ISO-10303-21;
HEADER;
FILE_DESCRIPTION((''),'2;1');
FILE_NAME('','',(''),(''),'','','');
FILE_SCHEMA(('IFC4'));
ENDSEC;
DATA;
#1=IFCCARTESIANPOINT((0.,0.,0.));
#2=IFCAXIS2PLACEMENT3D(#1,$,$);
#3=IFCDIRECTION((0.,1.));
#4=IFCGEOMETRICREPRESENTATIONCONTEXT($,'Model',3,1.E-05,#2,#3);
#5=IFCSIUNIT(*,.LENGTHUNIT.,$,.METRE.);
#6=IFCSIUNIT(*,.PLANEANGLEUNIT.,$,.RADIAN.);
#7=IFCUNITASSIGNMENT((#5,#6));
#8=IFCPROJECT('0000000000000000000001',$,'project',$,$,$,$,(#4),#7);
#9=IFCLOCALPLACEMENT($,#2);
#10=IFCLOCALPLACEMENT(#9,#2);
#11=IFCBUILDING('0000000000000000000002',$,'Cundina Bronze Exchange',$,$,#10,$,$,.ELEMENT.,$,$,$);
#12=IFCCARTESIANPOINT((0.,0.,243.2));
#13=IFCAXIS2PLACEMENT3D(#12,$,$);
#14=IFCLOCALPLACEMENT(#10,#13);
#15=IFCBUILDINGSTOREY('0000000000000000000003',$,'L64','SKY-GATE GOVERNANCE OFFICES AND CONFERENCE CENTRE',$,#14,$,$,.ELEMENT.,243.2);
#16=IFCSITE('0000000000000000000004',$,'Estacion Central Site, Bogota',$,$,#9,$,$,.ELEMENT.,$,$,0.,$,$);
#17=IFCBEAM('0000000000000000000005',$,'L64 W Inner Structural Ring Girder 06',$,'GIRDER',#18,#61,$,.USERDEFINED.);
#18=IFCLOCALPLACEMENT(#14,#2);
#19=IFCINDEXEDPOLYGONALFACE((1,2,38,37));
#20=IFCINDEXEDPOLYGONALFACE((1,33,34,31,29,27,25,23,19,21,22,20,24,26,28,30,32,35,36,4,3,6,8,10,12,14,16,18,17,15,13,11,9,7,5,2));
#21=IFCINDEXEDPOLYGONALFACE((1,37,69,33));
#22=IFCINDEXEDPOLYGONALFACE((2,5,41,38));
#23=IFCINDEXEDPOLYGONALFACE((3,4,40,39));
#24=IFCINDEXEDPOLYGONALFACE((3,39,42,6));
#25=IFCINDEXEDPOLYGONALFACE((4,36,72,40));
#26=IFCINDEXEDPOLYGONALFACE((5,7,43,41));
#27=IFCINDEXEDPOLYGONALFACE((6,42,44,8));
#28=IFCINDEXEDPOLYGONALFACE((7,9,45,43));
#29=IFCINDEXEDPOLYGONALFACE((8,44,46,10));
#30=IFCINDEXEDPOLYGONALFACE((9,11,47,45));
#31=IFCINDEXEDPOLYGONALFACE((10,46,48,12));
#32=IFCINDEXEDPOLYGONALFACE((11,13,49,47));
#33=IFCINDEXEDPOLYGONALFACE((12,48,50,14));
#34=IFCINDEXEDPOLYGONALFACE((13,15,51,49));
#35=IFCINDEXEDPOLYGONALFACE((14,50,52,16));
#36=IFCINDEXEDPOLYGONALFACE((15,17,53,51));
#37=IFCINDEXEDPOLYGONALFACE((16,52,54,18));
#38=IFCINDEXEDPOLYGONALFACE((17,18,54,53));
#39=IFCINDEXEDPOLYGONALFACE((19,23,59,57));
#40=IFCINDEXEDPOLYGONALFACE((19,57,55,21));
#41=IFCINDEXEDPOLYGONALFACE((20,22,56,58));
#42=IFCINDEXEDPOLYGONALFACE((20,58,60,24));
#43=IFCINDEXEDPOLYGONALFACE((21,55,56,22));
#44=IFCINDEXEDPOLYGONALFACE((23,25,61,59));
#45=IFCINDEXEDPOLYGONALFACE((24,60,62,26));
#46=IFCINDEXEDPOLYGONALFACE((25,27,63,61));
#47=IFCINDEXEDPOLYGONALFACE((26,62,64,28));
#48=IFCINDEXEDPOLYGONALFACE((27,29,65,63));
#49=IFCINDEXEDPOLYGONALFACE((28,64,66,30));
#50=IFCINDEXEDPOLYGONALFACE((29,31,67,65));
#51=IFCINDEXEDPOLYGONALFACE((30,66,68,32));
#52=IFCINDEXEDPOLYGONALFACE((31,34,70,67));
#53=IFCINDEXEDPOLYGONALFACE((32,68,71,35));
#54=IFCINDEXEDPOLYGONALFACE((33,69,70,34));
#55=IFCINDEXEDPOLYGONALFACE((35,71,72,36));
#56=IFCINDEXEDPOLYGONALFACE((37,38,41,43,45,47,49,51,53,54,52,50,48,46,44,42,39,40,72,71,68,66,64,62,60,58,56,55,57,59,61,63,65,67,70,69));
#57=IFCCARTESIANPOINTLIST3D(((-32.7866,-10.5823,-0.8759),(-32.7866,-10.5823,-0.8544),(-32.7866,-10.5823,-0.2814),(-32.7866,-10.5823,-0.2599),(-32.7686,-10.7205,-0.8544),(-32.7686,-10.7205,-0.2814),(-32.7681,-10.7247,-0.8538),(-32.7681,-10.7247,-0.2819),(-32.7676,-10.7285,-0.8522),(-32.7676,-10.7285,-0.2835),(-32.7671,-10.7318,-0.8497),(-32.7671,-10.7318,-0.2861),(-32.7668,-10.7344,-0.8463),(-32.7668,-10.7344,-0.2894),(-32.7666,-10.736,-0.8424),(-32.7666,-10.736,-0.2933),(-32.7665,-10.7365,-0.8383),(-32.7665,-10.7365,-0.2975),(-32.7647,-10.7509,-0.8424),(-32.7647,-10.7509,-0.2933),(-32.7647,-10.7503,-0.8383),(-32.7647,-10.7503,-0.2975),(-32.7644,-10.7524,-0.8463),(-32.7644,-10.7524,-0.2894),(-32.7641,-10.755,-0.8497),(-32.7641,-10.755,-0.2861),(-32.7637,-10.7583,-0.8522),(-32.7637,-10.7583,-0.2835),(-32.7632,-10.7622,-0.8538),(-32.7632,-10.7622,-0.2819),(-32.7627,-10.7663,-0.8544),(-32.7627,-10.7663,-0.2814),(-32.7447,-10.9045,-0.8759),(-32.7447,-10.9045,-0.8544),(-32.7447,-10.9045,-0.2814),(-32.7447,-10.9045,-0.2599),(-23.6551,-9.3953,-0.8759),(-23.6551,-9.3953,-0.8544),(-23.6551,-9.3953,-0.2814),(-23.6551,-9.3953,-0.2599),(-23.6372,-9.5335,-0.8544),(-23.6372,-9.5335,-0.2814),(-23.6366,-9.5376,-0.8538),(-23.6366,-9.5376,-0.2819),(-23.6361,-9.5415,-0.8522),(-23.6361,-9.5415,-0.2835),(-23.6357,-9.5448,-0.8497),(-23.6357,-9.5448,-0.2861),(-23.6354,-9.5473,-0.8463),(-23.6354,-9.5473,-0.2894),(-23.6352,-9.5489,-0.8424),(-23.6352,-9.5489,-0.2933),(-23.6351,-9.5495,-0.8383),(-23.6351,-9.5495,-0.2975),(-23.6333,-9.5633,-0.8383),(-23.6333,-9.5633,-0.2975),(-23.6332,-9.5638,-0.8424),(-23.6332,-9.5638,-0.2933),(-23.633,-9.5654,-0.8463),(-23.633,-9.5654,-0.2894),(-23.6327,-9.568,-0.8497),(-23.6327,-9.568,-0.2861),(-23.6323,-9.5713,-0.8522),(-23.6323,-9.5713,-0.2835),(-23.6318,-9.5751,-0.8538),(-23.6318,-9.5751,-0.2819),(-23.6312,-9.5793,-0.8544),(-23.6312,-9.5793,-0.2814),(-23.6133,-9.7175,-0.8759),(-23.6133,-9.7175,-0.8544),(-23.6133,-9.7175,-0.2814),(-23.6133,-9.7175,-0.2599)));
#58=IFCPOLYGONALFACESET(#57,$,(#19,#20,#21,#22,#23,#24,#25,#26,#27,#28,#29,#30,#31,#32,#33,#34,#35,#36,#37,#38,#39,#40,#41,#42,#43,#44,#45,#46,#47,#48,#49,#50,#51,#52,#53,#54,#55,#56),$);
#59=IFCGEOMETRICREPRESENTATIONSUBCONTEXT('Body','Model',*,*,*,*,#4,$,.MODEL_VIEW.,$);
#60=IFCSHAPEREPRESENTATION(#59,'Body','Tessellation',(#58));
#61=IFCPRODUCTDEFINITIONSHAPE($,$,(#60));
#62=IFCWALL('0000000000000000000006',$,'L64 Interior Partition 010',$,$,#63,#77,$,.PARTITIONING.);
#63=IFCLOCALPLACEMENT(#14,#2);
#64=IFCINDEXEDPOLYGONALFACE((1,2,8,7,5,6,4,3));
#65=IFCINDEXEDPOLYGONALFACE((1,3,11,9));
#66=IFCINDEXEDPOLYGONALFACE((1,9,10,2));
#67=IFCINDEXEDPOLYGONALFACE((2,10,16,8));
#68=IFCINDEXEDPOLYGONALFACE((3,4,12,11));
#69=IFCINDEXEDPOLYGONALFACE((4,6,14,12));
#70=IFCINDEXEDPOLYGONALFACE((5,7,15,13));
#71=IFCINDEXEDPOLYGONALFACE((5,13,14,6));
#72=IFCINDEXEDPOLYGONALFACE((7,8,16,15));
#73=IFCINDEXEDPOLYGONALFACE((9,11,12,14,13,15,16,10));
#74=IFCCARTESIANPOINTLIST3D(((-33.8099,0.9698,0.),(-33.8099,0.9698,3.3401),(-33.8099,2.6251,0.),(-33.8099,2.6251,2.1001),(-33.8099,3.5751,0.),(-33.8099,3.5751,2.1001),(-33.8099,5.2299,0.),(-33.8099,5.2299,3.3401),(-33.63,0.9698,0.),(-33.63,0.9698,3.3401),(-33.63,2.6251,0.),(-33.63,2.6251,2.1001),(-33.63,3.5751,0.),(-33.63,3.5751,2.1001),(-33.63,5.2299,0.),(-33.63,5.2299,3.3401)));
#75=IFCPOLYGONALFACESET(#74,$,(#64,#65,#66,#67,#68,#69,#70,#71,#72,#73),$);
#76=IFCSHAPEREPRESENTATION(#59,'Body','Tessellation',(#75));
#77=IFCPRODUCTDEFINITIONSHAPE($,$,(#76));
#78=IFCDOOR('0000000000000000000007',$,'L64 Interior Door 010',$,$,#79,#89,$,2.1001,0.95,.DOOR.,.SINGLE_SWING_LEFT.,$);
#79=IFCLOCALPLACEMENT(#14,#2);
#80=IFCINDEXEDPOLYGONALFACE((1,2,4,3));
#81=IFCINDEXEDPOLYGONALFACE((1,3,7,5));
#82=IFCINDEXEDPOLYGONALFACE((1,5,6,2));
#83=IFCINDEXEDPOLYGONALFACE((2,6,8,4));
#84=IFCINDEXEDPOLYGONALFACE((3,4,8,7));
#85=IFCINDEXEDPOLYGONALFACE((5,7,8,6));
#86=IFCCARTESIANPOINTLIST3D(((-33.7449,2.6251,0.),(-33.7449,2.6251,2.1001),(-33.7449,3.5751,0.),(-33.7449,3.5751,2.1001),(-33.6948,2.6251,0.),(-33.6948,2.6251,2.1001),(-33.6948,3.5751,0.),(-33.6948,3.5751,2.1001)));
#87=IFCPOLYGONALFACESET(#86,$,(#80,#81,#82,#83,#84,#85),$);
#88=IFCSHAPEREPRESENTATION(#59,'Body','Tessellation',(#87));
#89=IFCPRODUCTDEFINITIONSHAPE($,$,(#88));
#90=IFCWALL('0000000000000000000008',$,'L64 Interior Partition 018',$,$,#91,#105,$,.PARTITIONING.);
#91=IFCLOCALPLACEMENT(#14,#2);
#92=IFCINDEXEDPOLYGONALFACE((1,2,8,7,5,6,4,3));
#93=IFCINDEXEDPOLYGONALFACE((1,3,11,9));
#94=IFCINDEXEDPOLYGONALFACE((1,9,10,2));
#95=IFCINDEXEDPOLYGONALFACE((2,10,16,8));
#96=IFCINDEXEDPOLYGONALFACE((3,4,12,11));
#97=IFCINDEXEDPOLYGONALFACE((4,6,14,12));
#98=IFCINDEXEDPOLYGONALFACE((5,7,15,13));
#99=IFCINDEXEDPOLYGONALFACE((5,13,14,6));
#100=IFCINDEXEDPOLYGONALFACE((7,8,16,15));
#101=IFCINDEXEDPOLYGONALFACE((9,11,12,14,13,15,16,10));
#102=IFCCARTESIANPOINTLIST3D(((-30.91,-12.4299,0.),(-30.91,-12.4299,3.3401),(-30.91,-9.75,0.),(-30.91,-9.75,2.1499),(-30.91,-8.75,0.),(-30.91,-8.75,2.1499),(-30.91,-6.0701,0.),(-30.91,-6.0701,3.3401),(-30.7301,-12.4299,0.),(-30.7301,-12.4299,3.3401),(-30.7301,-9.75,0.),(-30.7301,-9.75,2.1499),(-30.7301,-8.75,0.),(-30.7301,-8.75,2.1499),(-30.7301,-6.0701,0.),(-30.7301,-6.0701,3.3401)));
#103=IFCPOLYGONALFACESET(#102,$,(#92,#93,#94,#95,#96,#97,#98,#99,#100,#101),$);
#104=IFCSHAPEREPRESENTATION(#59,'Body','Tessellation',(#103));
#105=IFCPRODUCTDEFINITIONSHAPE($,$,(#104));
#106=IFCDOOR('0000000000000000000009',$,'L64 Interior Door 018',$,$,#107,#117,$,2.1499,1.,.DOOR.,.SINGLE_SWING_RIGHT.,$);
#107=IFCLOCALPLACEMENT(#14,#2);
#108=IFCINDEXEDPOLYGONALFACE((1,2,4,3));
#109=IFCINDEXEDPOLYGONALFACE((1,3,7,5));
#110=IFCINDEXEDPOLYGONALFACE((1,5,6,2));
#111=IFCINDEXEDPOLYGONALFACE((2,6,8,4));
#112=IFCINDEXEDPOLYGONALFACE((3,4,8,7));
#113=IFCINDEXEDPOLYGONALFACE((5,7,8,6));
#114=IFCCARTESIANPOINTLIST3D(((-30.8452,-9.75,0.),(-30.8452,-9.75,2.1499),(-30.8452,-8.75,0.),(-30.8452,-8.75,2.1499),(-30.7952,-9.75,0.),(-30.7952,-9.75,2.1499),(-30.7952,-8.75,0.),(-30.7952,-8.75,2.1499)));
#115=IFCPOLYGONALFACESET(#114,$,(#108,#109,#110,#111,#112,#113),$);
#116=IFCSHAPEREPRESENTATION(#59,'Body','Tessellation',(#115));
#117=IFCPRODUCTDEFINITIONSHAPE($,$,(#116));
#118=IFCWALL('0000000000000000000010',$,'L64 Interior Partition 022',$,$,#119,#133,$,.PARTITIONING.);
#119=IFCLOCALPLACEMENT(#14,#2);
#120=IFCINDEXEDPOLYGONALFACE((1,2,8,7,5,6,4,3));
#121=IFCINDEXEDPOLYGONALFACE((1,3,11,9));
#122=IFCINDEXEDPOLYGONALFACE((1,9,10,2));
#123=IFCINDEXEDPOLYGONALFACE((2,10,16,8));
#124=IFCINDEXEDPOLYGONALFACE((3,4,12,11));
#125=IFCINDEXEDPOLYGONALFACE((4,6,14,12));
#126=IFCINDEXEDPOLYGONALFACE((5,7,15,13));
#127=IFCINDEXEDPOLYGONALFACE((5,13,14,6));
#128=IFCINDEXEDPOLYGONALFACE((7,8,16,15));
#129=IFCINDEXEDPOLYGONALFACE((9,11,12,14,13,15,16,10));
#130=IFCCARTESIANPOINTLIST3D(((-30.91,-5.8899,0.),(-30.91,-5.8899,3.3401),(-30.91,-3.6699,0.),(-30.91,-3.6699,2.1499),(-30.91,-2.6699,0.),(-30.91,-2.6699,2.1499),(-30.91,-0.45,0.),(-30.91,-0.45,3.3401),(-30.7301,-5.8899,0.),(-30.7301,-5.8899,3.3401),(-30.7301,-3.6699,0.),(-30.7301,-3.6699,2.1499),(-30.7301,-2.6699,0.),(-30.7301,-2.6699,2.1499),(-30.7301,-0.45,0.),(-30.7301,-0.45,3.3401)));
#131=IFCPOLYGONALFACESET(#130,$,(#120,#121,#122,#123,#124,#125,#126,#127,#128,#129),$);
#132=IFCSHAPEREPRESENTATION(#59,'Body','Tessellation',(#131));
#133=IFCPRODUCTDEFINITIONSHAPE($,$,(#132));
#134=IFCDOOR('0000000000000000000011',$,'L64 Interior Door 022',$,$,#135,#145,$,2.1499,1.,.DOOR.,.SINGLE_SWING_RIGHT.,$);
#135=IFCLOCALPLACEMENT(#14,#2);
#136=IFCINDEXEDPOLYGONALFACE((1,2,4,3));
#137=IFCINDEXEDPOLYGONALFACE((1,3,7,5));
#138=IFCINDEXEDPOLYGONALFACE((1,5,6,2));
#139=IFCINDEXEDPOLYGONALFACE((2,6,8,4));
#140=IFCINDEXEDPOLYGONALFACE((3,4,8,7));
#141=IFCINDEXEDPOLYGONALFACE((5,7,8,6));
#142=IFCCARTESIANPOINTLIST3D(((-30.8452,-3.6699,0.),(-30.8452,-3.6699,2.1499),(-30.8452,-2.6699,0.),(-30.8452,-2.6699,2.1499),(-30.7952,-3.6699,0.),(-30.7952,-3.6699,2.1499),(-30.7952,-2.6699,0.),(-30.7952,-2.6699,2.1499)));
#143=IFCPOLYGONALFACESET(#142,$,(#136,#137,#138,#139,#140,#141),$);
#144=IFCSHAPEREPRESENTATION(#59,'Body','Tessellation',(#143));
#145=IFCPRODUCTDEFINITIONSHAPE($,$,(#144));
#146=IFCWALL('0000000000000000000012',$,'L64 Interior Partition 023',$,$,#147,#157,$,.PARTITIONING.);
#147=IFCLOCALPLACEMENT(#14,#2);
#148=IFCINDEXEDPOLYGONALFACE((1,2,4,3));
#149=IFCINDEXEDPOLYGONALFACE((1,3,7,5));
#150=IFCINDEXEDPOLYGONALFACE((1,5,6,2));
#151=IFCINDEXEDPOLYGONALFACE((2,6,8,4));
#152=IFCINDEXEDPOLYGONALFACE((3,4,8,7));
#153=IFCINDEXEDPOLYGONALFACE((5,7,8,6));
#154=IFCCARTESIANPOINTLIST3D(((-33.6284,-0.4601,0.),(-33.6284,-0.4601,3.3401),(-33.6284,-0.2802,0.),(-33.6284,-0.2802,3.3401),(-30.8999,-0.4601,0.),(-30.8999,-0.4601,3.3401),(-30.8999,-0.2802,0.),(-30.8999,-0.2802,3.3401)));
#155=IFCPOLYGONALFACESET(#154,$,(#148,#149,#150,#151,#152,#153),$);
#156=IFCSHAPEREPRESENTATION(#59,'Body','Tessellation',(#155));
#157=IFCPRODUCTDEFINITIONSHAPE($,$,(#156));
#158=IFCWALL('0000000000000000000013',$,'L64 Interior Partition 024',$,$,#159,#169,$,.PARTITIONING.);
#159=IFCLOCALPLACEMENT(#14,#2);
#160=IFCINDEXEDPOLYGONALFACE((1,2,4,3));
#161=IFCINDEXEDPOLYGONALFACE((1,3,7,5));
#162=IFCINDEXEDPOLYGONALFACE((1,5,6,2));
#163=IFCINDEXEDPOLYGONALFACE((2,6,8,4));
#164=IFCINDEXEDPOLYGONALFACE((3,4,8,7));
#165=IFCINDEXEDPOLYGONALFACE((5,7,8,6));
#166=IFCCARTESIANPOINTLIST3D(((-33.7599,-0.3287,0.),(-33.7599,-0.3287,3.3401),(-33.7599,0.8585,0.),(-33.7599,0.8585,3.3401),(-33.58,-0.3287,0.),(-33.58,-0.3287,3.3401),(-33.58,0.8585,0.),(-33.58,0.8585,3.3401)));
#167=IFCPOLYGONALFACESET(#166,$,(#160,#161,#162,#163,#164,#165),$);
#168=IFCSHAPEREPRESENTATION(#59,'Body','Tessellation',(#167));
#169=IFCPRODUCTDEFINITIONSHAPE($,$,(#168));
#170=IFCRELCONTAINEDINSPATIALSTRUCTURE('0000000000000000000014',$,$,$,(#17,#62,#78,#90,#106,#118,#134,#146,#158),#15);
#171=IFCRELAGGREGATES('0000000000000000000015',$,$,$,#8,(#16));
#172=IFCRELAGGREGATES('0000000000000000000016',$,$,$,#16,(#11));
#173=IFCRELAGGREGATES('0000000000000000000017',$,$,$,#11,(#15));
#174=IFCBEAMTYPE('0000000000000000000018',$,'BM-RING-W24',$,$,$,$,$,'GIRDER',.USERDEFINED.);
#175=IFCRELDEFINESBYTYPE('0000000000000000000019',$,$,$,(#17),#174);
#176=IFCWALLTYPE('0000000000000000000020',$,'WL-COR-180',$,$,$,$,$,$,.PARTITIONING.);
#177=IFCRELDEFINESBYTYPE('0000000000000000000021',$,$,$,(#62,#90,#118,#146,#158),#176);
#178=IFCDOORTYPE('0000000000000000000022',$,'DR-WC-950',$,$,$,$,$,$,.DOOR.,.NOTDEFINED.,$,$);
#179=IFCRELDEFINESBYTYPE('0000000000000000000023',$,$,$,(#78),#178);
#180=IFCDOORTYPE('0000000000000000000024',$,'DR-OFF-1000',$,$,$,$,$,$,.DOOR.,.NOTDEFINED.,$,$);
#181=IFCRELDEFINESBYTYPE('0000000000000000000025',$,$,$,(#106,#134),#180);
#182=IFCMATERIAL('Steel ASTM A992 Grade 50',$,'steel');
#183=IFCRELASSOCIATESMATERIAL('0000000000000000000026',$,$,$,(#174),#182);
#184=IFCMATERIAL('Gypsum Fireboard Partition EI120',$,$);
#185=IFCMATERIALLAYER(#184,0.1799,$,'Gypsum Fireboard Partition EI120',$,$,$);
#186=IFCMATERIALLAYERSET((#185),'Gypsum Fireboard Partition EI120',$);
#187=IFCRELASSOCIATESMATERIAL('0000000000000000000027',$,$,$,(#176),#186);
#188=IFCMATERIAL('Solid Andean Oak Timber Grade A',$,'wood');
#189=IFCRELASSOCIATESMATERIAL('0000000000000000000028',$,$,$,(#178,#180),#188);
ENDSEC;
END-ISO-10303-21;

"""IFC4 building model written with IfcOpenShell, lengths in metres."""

from ifc_helpers import new_model, si_unit, direction, frame, frame_2d, origin, origin_2d, place, context, subcontext, project, spatial, rectangle, i_section, extrude, material, layer, layer_set, material_profile, profile_set, type_object, element, fill, save


model = new_model("IFC4")

# Units and contexts
model_context = context("Model", 3, precision=1e-05, world=origin(), true_north=direction((0.0, 1.0)))
body_context = subcontext(model_context, "Body", "Model", "MODEL_VIEW")
ifc_project = project(units=[si_unit("LENGTHUNIT", "METRE"), si_unit("PLANEANGLEUNIT", "RADIAN")], contexts=[model_context])

# Site, building, storey
site_placement = place(None, origin())
site = spatial("IfcSite", under=ifc_project, at=site_placement, Name="Estacion Central Site, Bogota", CompositionType="ELEMENT", RefElevation=0.0)
building_placement = place(site_placement, origin())
building = spatial("IfcBuilding", under=site, at=building_placement, Name="Cundina Bronze Exchange", CompositionType="ELEMENT")
storey_placement = place(building_placement, frame((0.0, 0.0, 243.2)))
storey = spatial("IfcBuildingStorey", under=building, at=storey_placement, Name="L64", Description="SKY-GATE GOVERNANCE OFFICES AND CONFERENCE CENTRE", CompositionType="ELEMENT", Elevation=243.2)

# Beam
ifc_material_1 = material(Name="Steel ASTM A992 Grade 50", Category="steel")
ifc_material_profile_1 = material_profile(ifc_material_1, i_section(OverallWidth=0.325, OverallDepth=0.616, WebThickness=0.0139, FlangeThickness=0.0215, FilletRadius=0.0161, at=origin_2d()), Name="W24X117", Category="steel")
ifc_profile_set_1 = profile_set([ifc_material_profile_1], Name="Steel ASTM A992 Grade 50")
beam_type_1 = type_object("IfcBeamType", Name="BM-RING-W24", ElementType="GIRDER", PredefinedType="USERDEFINED", material=ifc_profile_set_1)
beam_1_placement = place(storey_placement, frame((-32.7656, -10.7434, -0.5679), z_axis=(0.991656, 0.128908, 0.0), x_axis=(-0.128908, 0.991656, 0.0)))
element("IfcBeam", 1, at=beam_1_placement, inside=storey, type_object=beam_type_1, Name="L64 W Inner Structural Ring Girder 06", ObjectType="GIRDER", PredefinedType="USERDEFINED", context=body_context, shape_type="SweptSolid", body=[
    extrude(i_section(OverallWidth=0.325, OverallDepth=0.616, WebThickness=0.0139, FlangeThickness=0.0215, FilletRadius=0.0161, at=origin_2d()), origin(), (0.0, 0.0, 1.0), 9.2083),
])

# Walls, openings, doors
ifc_material_2 = material(Name="Gypsum Fireboard Partition EI120")
ifc_layer_1 = layer(ifc_material_2, 0.1799, Name="Gypsum Fireboard Partition EI120")
ifc_layer_set_1 = layer_set([ifc_layer_1], Name="Gypsum Fireboard Partition EI120")
wall_type_1 = type_object("IfcWallType", Name="WL-COR-180", PredefinedType="PARTITIONING", material=ifc_layer_set_1)
wall_1_placement = place(storey_placement, frame((-33.72, 0.97, 0.0), z_axis=(0.0, 0.0, 1.0), x_axis=(0.0, 1.0, 0.0)))
wall_1 = element("IfcWall", 2, at=wall_1_placement, inside=storey, type_object=wall_type_1, Name="L64 Interior Partition 010", PredefinedType="PARTITIONING", context=body_context, shape_type="SweptSolid", body=[
    extrude(rectangle(XDim=4.26, YDim=0.1799, at=frame_2d((2.1299, 0.0))), origin(), (0.0, 0.0, 1.0), 3.3401),
])
opening_1_placement = place(wall_1_placement, frame((1.655, 0.0, 0.0)))
opening_1 = element("IfcOpeningElement", 3, at=opening_1_placement, cuts=wall_1, PredefinedType="OPENING", context=body_context, shape_type="SweptSolid", body=[
    extrude(rectangle(XDim=0.95, YDim=2.1001, at=frame_2d((0.4751, 1.05))), frame((0.0, 0.0999, 0.0), z_axis=(0.0, -1.0, 0.0), x_axis=(1.0, 0.0, 0.0)), (0.0, 0.0, 1.0), 0.2),
])
ifc_material_3 = material(Name="Solid Andean Oak Timber Grade A", Category="wood")
door_type_1 = type_object("IfcDoorType", Name="DR-WC-950", OperationType="NOTDEFINED", PredefinedType="DOOR", material=ifc_material_3)
door_1_placement = place(opening_1_placement, origin())
door_1 = element("IfcDoor", 4, at=door_1_placement, inside=storey, type_object=door_type_1, Name="L64 Interior Door 010", OperationType="SINGLE_SWING_LEFT", OverallHeight=2.1001, OverallWidth=0.95, PredefinedType="DOOR", context=body_context, shape_type="SweptSolid", body=[
    extrude(rectangle(XDim=0.95, YDim=2.1001, at=frame_2d((0.4751, 1.05))), frame((0.0, 0.0249, 0.0), z_axis=(0.0, -1.0, 0.0), x_axis=(1.0, 0.0, 0.0)), (0.0, 0.0, 1.0), 0.05),
])
fill(opening_1, door_1)
wall_2_placement = place(storey_placement, frame((-30.8201, -6.0701, 0.0), z_axis=(0.0, 0.0, 1.0), x_axis=(0.0, -1.0, 0.0)))
wall_2 = element("IfcWall", 5, at=wall_2_placement, inside=storey, type_object=wall_type_1, Name="L64 Interior Partition 018", PredefinedType="PARTITIONING", context=body_context, shape_type="SweptSolid", body=[
    extrude(rectangle(XDim=6.3599, YDim=0.1799, at=frame_2d((3.1799, 0.0))), origin(), (0.0, 0.0, 1.0), 3.3401),
])
opening_2_placement = place(wall_2_placement, frame((2.6799, 0.0, 0.0)))
opening_2 = element("IfcOpeningElement", 6, at=opening_2_placement, cuts=wall_2, PredefinedType="OPENING", context=body_context, shape_type="SweptSolid", body=[
    extrude(rectangle(XDim=1.0, YDim=2.1499, at=frame_2d((0.5, 1.075))), frame((0.0, 0.0999, 0.0), z_axis=(0.0, -1.0, 0.0), x_axis=(1.0, 0.0, 0.0)), (0.0, 0.0, 1.0), 0.2),
])
door_type_2 = type_object("IfcDoorType", Name="DR-OFF-1000", OperationType="NOTDEFINED", PredefinedType="DOOR", material=ifc_material_3)
door_2_placement = place(opening_2_placement, origin())
door_2 = element("IfcDoor", 7, at=door_2_placement, inside=storey, type_object=door_type_2, Name="L64 Interior Door 018", OperationType="SINGLE_SWING_RIGHT", OverallHeight=2.1499, OverallWidth=1.0, PredefinedType="DOOR", context=body_context, shape_type="SweptSolid", body=[
    extrude(rectangle(XDim=1.0, YDim=2.1499, at=frame_2d((0.5, 1.075))), frame((0.0, 0.0249, 0.0), z_axis=(0.0, -1.0, 0.0), x_axis=(1.0, 0.0, 0.0)), (0.0, 0.0, 1.0), 0.05),
])
fill(opening_2, door_2)
wall_3_placement = place(storey_placement, frame((-30.8201, -0.45, 0.0), z_axis=(0.0, 0.0, 1.0), x_axis=(0.0, -1.0, 0.0)))
wall_3 = element("IfcWall", 8, at=wall_3_placement, inside=storey, type_object=wall_type_1, Name="L64 Interior Partition 022", PredefinedType="PARTITIONING", context=body_context, shape_type="SweptSolid", body=[
    extrude(rectangle(XDim=5.4399, YDim=0.1799, at=frame_2d((2.72, 0.0))), origin(), (0.0, 0.0, 1.0), 3.3401),
])
opening_3_placement = place(wall_3_placement, frame((2.22, 0.0, 0.0)))
opening_3 = element("IfcOpeningElement", 9, at=opening_3_placement, cuts=wall_3, PredefinedType="OPENING", context=body_context, shape_type="SweptSolid", body=[
    extrude(rectangle(XDim=1.0, YDim=2.1499, at=frame_2d((0.5, 1.075))), frame((0.0, 0.0999, 0.0), z_axis=(0.0, -1.0, 0.0), x_axis=(1.0, 0.0, 0.0)), (0.0, 0.0, 1.0), 0.2),
])
door_3_placement = place(opening_3_placement, origin())
door_3 = element("IfcDoor", 10, at=door_3_placement, inside=storey, type_object=door_type_2, Name="L64 Interior Door 022", OperationType="SINGLE_SWING_RIGHT", OverallHeight=2.1499, OverallWidth=1.0, PredefinedType="DOOR", context=body_context, shape_type="SweptSolid", body=[
    extrude(rectangle(XDim=1.0, YDim=2.1499, at=frame_2d((0.5, 1.075))), frame((0.0, 0.0249, 0.0), z_axis=(0.0, -1.0, 0.0), x_axis=(1.0, 0.0, 0.0)), (0.0, 0.0, 1.0), 0.05),
])
fill(opening_3, door_3)

# Walls
wall_4_placement = place(storey_placement, frame((-33.6284, -0.3701, 0.0), z_axis=(0.0, 0.0, 1.0), x_axis=(1.0, 0.0, 0.0)))
element("IfcWall", 11, at=wall_4_placement, inside=storey, type_object=wall_type_1, Name="L64 Interior Partition 023", PredefinedType="PARTITIONING", context=body_context, shape_type="SweptSolid", body=[
    extrude(rectangle(XDim=2.7285, YDim=0.1799, at=frame_2d((1.3643, 0.0))), origin(), (0.0, 0.0, 1.0), 3.3401),
])
wall_5_placement = place(storey_placement, frame((-33.6699, 0.8586, 0.0), z_axis=(0.0, 0.0, 1.0), x_axis=(0.0, -1.0, 0.0)))
element("IfcWall", 12, at=wall_5_placement, inside=storey, type_object=wall_type_1, Name="L64 Interior Partition 024", PredefinedType="PARTITIONING", context=body_context, shape_type="SweptSolid", body=[
    extrude(rectangle(XDim=1.1873, YDim=0.1799, at=frame_2d((0.5938, 0.0))), origin(), (0.0, 0.0, 1.0), 3.3401),
])

save(model, "model.ifc")
